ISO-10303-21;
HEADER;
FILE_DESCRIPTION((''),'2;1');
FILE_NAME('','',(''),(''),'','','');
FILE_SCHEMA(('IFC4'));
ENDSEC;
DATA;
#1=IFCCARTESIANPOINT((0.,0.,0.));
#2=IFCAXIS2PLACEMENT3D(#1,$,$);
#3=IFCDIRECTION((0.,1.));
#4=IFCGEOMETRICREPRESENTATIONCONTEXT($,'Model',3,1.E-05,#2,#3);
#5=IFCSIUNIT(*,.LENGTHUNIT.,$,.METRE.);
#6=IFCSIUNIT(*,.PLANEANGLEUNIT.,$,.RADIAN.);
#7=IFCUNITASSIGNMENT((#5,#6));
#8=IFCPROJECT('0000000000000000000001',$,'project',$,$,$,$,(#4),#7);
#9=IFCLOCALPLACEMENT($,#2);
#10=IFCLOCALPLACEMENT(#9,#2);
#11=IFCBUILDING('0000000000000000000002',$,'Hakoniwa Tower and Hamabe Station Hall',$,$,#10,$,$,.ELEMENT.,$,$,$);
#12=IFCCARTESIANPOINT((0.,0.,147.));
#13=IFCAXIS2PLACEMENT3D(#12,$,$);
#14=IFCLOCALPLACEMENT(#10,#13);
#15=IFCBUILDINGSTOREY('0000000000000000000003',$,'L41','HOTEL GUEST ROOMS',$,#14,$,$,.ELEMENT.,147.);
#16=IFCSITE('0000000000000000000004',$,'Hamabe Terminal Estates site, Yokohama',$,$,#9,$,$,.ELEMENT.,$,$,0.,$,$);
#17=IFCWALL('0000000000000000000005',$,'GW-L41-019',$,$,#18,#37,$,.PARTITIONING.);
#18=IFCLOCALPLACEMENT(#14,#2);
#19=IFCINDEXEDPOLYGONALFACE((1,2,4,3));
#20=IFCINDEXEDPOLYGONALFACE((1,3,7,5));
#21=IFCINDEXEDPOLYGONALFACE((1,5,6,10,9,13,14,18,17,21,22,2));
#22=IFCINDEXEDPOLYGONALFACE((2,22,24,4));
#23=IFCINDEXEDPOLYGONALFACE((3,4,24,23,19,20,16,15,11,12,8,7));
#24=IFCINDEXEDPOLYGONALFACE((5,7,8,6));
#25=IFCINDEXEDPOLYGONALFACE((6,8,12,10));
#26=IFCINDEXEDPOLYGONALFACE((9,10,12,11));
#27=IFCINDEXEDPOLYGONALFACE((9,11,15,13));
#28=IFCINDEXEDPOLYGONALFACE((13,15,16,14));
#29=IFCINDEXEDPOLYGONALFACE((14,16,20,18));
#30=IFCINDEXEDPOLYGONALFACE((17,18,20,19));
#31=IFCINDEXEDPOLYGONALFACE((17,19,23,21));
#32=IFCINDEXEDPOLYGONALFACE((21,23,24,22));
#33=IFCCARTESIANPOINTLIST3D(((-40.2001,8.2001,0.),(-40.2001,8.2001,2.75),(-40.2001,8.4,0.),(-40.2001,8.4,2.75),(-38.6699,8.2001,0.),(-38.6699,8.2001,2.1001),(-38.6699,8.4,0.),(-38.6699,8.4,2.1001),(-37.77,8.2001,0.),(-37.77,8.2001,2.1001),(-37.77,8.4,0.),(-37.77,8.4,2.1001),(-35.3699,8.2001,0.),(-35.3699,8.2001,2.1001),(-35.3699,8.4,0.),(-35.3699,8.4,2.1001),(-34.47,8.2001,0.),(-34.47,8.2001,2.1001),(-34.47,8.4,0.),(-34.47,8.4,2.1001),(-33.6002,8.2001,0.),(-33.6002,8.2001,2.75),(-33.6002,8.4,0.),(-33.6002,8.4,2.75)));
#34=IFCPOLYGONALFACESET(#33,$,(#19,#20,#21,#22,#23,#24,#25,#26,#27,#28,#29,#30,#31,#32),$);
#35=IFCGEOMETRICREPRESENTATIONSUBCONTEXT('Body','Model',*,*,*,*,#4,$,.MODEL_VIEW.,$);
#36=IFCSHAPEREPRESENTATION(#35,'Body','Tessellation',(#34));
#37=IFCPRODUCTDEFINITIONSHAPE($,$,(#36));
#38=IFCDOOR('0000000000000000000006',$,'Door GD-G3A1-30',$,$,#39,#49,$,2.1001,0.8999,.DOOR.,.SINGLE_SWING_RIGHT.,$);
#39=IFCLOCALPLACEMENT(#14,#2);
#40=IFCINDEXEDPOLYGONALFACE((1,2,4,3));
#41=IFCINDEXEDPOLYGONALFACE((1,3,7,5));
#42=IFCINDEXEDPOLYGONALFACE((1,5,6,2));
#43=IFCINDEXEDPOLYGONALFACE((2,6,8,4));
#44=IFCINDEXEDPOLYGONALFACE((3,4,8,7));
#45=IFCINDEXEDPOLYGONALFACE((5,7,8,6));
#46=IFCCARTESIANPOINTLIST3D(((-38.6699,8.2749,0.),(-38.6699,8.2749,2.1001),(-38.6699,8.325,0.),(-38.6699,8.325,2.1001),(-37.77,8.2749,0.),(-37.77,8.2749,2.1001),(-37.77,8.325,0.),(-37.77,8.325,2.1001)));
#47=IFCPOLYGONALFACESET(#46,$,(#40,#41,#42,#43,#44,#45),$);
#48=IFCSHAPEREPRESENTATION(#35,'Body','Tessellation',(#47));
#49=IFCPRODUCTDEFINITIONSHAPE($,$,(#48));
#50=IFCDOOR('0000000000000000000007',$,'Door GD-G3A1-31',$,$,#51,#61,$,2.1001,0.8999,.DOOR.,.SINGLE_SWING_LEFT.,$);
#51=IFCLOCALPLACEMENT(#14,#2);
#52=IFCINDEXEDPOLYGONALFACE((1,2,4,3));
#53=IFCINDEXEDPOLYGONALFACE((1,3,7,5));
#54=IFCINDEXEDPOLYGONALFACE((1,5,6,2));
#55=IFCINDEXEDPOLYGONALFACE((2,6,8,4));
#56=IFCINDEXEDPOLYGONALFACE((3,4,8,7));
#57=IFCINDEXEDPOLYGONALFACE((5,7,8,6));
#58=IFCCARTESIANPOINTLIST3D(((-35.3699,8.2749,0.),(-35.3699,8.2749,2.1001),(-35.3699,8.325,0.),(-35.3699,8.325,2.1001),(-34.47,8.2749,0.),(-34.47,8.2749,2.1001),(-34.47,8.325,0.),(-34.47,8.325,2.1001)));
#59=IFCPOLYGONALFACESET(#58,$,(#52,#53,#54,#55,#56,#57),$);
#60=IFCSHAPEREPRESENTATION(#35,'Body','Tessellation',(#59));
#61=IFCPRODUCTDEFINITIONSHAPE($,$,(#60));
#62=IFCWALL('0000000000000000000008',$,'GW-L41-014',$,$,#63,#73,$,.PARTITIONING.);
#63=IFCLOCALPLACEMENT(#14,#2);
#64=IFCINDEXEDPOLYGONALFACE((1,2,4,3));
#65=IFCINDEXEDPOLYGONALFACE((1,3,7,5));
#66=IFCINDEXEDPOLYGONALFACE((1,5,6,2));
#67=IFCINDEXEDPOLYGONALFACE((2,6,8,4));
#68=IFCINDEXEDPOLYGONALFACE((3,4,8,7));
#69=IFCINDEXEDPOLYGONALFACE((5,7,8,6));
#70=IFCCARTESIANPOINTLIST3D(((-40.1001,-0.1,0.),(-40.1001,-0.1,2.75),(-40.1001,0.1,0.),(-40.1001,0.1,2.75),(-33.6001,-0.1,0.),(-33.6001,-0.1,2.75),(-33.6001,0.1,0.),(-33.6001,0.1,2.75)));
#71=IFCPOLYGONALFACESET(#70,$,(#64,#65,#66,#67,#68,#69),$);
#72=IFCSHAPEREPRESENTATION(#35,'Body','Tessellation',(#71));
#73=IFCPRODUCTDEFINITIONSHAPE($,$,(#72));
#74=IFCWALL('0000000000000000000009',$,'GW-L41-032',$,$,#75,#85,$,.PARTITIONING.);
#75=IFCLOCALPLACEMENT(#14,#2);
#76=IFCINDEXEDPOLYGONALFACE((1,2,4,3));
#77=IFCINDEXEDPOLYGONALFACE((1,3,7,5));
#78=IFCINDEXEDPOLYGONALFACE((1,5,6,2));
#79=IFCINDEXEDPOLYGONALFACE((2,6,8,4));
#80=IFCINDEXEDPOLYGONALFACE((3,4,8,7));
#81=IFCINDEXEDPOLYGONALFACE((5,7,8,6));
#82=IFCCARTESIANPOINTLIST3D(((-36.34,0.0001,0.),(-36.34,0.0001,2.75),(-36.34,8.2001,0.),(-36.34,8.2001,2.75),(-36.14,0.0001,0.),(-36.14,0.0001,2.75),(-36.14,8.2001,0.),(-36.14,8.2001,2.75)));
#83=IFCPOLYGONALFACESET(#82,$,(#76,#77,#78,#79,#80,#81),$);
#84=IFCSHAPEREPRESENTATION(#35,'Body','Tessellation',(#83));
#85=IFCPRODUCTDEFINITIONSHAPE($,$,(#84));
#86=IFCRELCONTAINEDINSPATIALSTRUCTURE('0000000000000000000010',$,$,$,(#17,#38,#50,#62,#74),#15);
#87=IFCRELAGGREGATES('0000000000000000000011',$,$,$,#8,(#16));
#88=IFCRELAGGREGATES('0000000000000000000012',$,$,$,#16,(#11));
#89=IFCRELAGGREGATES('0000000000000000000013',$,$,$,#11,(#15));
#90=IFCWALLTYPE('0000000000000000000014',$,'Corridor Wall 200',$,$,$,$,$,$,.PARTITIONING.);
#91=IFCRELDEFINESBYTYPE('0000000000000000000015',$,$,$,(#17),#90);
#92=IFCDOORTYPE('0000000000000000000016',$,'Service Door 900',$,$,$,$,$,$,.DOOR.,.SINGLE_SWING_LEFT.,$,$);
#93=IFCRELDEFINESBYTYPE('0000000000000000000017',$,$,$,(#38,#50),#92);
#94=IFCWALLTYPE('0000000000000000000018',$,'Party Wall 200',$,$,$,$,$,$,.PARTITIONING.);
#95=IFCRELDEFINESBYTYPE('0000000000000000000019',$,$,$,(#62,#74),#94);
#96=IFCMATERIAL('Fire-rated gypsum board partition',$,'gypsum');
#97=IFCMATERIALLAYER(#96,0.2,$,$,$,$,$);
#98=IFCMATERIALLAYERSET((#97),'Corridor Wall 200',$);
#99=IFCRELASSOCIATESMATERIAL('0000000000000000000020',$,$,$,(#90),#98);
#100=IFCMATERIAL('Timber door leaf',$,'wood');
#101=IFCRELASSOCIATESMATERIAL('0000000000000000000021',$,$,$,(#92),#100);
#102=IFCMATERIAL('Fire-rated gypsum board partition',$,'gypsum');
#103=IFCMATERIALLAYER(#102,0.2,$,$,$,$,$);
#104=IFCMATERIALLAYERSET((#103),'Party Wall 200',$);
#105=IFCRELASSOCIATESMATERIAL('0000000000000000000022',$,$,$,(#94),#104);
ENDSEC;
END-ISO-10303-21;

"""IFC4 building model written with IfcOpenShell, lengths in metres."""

from ifc_helpers import new_model, si_unit, direction, frame, frame_2d, origin, place, context, subcontext, project, spatial, rectangle, extrude, material, layer, layer_set, type_object, element, fill, save


model = new_model("IFC4")

# Units and contexts
model_context = context("Model", 3, precision=1e-05, world=origin(), true_north=direction((0.0, 1.0)))
body_context = subcontext(model_context, "Body", "Model", "MODEL_VIEW")
ifc_project = project(units=[si_unit("LENGTHUNIT", "METRE"), si_unit("PLANEANGLEUNIT", "RADIAN")], contexts=[model_context])

# Site, building, storey
site_placement = place(None, origin())
site = spatial("IfcSite", under=ifc_project, at=site_placement, Name="Hamabe Terminal Estates site, Yokohama", CompositionType="ELEMENT", RefElevation=0.0)
building_placement = place(site_placement, origin())
building = spatial("IfcBuilding", under=site, at=building_placement, Name="Hakoniwa Tower and Hamabe Station Hall", CompositionType="ELEMENT")
storey_placement = place(building_placement, frame((0.0, 0.0, 147.0)))
storey = spatial("IfcBuildingStorey", under=building, at=storey_placement, Name="L41", Description="HOTEL GUEST ROOMS", CompositionType="ELEMENT", Elevation=147.0)

# Wall, openings, doors
ifc_material_1 = material(Name="Fire-rated gypsum board partition", Category="gypsum")
ifc_layer_1 = layer(ifc_material_1, 0.2)
ifc_layer_set_1 = layer_set([ifc_layer_1], Name="Corridor Wall 200")
wall_type_1 = type_object("IfcWallType", Name="Corridor Wall 200", PredefinedType="PARTITIONING", material=ifc_layer_set_1)
wall_1_placement = place(storey_placement, frame((-40.2, 8.3, 0.0), z_axis=(0.0, 0.0, 1.0), x_axis=(1.0, 0.0, 0.0)))
wall_1 = element("IfcWall", 1, at=wall_1_placement, inside=storey, type_object=wall_type_1, Name="GW-L41-019", PredefinedType="PARTITIONING", context=body_context, shape_type="SweptSolid", body=[
    extrude(rectangle(XDim=6.5999, YDim=0.2, at=frame_2d((3.2998, 0.0))), origin(), (0.0, 0.0, 1.0), 2.75),
])
opening_1_placement = place(wall_1_placement, frame((1.53, 0.0, 0.0)))
opening_1 = element("IfcOpeningElement", 2, at=opening_1_placement, cuts=wall_1, PredefinedType="OPENING", context=body_context, shape_type="SweptSolid", body=[
    extrude(rectangle(XDim=0.8999, YDim=2.1001, at=frame_2d((0.45, 1.05))), frame((0.0, 0.1099, 0.0), z_axis=(0.0, -1.0, 0.0), x_axis=(1.0, 0.0, 0.0)), (0.0, 0.0, 1.0), 0.22),
])
opening_2_placement = place(wall_1_placement, frame((4.8301, 0.0, 0.0)))
opening_2 = element("IfcOpeningElement", 3, at=opening_2_placement, cuts=wall_1, PredefinedType="OPENING", context=body_context, shape_type="SweptSolid", body=[
    extrude(rectangle(XDim=0.8999, YDim=2.1001, at=frame_2d((0.45, 1.05))), frame((0.0, 0.1099, 0.0), z_axis=(0.0, -1.0, 0.0), x_axis=(1.0, 0.0, 0.0)), (0.0, 0.0, 1.0), 0.22),
])
ifc_material_2 = material(Name="Timber door leaf", Category="wood")
door_type_1 = type_object("IfcDoorType", Name="Service Door 900", OperationType="SINGLE_SWING_LEFT", PredefinedType="DOOR", material=ifc_material_2)
door_1_placement = place(opening_1_placement, origin())
door_1 = element("IfcDoor", 4, at=door_1_placement, inside=storey, type_object=door_type_1, Name="Door GD-G3A1-30", OperationType="SINGLE_SWING_RIGHT", OverallHeight=2.1001, OverallWidth=0.8999, PredefinedType="DOOR", context=body_context, shape_type="SweptSolid", body=[
    extrude(rectangle(XDim=0.8999, YDim=2.1001, at=frame_2d((0.45, 1.05))), frame((0.0, 0.0249, 0.0), z_axis=(0.0, -1.0, 0.0), x_axis=(1.0, 0.0, 0.0)), (0.0, 0.0, 1.0), 0.05),
])
fill(opening_1, door_1)
door_2_placement = place(opening_2_placement, origin())
door_2 = element("IfcDoor", 5, at=door_2_placement, inside=storey, type_object=door_type_1, Name="Door GD-G3A1-31", OperationType="SINGLE_SWING_LEFT", OverallHeight=2.1001, OverallWidth=0.8999, PredefinedType="DOOR", context=body_context, shape_type="SweptSolid", body=[
    extrude(rectangle(XDim=0.8999, YDim=2.1001, at=frame_2d((0.45, 1.05))), frame((0.0, 0.0249, 0.0), z_axis=(0.0, -1.0, 0.0), x_axis=(1.0, 0.0, 0.0)), (0.0, 0.0, 1.0), 0.05),
])
fill(opening_2, door_2)

# Walls
ifc_material_3 = material(Name="Fire-rated gypsum board partition", Category="gypsum")
ifc_layer_2 = layer(ifc_material_3, 0.2)
ifc_layer_set_2 = layer_set([ifc_layer_2], Name="Party Wall 200")
wall_type_2 = type_object("IfcWallType", Name="Party Wall 200", PredefinedType="PARTITIONING", material=ifc_layer_set_2)
wall_2_placement = place(storey_placement, frame((-40.1001, 0.0, 0.0), z_axis=(0.0, 0.0, 1.0), x_axis=(1.0, 0.0, 0.0)))
element("IfcWall", 6, at=wall_2_placement, inside=storey, type_object=wall_type_2, Name="GW-L41-014", PredefinedType="PARTITIONING", context=body_context, shape_type="SweptSolid", body=[
    extrude(rectangle(XDim=6.5, YDim=0.2, at=frame_2d((3.25, 0.0))), origin(), (0.0, 0.0, 1.0), 2.75),
])
wall_3_placement = place(storey_placement, frame((-36.24, 0.0, 0.0), z_axis=(0.0, 0.0, 1.0), x_axis=(0.0, 1.0, 0.0)))
element("IfcWall", 7, at=wall_3_placement, inside=storey, type_object=wall_type_2, Name="GW-L41-032", PredefinedType="PARTITIONING", context=body_context, shape_type="SweptSolid", body=[
    extrude(rectangle(XDim=8.2, YDim=0.2, at=frame_2d((4.1001, 0.0))), origin(), (0.0, 0.0, 1.0), 2.75),
])

save(model, "model.ifc")
